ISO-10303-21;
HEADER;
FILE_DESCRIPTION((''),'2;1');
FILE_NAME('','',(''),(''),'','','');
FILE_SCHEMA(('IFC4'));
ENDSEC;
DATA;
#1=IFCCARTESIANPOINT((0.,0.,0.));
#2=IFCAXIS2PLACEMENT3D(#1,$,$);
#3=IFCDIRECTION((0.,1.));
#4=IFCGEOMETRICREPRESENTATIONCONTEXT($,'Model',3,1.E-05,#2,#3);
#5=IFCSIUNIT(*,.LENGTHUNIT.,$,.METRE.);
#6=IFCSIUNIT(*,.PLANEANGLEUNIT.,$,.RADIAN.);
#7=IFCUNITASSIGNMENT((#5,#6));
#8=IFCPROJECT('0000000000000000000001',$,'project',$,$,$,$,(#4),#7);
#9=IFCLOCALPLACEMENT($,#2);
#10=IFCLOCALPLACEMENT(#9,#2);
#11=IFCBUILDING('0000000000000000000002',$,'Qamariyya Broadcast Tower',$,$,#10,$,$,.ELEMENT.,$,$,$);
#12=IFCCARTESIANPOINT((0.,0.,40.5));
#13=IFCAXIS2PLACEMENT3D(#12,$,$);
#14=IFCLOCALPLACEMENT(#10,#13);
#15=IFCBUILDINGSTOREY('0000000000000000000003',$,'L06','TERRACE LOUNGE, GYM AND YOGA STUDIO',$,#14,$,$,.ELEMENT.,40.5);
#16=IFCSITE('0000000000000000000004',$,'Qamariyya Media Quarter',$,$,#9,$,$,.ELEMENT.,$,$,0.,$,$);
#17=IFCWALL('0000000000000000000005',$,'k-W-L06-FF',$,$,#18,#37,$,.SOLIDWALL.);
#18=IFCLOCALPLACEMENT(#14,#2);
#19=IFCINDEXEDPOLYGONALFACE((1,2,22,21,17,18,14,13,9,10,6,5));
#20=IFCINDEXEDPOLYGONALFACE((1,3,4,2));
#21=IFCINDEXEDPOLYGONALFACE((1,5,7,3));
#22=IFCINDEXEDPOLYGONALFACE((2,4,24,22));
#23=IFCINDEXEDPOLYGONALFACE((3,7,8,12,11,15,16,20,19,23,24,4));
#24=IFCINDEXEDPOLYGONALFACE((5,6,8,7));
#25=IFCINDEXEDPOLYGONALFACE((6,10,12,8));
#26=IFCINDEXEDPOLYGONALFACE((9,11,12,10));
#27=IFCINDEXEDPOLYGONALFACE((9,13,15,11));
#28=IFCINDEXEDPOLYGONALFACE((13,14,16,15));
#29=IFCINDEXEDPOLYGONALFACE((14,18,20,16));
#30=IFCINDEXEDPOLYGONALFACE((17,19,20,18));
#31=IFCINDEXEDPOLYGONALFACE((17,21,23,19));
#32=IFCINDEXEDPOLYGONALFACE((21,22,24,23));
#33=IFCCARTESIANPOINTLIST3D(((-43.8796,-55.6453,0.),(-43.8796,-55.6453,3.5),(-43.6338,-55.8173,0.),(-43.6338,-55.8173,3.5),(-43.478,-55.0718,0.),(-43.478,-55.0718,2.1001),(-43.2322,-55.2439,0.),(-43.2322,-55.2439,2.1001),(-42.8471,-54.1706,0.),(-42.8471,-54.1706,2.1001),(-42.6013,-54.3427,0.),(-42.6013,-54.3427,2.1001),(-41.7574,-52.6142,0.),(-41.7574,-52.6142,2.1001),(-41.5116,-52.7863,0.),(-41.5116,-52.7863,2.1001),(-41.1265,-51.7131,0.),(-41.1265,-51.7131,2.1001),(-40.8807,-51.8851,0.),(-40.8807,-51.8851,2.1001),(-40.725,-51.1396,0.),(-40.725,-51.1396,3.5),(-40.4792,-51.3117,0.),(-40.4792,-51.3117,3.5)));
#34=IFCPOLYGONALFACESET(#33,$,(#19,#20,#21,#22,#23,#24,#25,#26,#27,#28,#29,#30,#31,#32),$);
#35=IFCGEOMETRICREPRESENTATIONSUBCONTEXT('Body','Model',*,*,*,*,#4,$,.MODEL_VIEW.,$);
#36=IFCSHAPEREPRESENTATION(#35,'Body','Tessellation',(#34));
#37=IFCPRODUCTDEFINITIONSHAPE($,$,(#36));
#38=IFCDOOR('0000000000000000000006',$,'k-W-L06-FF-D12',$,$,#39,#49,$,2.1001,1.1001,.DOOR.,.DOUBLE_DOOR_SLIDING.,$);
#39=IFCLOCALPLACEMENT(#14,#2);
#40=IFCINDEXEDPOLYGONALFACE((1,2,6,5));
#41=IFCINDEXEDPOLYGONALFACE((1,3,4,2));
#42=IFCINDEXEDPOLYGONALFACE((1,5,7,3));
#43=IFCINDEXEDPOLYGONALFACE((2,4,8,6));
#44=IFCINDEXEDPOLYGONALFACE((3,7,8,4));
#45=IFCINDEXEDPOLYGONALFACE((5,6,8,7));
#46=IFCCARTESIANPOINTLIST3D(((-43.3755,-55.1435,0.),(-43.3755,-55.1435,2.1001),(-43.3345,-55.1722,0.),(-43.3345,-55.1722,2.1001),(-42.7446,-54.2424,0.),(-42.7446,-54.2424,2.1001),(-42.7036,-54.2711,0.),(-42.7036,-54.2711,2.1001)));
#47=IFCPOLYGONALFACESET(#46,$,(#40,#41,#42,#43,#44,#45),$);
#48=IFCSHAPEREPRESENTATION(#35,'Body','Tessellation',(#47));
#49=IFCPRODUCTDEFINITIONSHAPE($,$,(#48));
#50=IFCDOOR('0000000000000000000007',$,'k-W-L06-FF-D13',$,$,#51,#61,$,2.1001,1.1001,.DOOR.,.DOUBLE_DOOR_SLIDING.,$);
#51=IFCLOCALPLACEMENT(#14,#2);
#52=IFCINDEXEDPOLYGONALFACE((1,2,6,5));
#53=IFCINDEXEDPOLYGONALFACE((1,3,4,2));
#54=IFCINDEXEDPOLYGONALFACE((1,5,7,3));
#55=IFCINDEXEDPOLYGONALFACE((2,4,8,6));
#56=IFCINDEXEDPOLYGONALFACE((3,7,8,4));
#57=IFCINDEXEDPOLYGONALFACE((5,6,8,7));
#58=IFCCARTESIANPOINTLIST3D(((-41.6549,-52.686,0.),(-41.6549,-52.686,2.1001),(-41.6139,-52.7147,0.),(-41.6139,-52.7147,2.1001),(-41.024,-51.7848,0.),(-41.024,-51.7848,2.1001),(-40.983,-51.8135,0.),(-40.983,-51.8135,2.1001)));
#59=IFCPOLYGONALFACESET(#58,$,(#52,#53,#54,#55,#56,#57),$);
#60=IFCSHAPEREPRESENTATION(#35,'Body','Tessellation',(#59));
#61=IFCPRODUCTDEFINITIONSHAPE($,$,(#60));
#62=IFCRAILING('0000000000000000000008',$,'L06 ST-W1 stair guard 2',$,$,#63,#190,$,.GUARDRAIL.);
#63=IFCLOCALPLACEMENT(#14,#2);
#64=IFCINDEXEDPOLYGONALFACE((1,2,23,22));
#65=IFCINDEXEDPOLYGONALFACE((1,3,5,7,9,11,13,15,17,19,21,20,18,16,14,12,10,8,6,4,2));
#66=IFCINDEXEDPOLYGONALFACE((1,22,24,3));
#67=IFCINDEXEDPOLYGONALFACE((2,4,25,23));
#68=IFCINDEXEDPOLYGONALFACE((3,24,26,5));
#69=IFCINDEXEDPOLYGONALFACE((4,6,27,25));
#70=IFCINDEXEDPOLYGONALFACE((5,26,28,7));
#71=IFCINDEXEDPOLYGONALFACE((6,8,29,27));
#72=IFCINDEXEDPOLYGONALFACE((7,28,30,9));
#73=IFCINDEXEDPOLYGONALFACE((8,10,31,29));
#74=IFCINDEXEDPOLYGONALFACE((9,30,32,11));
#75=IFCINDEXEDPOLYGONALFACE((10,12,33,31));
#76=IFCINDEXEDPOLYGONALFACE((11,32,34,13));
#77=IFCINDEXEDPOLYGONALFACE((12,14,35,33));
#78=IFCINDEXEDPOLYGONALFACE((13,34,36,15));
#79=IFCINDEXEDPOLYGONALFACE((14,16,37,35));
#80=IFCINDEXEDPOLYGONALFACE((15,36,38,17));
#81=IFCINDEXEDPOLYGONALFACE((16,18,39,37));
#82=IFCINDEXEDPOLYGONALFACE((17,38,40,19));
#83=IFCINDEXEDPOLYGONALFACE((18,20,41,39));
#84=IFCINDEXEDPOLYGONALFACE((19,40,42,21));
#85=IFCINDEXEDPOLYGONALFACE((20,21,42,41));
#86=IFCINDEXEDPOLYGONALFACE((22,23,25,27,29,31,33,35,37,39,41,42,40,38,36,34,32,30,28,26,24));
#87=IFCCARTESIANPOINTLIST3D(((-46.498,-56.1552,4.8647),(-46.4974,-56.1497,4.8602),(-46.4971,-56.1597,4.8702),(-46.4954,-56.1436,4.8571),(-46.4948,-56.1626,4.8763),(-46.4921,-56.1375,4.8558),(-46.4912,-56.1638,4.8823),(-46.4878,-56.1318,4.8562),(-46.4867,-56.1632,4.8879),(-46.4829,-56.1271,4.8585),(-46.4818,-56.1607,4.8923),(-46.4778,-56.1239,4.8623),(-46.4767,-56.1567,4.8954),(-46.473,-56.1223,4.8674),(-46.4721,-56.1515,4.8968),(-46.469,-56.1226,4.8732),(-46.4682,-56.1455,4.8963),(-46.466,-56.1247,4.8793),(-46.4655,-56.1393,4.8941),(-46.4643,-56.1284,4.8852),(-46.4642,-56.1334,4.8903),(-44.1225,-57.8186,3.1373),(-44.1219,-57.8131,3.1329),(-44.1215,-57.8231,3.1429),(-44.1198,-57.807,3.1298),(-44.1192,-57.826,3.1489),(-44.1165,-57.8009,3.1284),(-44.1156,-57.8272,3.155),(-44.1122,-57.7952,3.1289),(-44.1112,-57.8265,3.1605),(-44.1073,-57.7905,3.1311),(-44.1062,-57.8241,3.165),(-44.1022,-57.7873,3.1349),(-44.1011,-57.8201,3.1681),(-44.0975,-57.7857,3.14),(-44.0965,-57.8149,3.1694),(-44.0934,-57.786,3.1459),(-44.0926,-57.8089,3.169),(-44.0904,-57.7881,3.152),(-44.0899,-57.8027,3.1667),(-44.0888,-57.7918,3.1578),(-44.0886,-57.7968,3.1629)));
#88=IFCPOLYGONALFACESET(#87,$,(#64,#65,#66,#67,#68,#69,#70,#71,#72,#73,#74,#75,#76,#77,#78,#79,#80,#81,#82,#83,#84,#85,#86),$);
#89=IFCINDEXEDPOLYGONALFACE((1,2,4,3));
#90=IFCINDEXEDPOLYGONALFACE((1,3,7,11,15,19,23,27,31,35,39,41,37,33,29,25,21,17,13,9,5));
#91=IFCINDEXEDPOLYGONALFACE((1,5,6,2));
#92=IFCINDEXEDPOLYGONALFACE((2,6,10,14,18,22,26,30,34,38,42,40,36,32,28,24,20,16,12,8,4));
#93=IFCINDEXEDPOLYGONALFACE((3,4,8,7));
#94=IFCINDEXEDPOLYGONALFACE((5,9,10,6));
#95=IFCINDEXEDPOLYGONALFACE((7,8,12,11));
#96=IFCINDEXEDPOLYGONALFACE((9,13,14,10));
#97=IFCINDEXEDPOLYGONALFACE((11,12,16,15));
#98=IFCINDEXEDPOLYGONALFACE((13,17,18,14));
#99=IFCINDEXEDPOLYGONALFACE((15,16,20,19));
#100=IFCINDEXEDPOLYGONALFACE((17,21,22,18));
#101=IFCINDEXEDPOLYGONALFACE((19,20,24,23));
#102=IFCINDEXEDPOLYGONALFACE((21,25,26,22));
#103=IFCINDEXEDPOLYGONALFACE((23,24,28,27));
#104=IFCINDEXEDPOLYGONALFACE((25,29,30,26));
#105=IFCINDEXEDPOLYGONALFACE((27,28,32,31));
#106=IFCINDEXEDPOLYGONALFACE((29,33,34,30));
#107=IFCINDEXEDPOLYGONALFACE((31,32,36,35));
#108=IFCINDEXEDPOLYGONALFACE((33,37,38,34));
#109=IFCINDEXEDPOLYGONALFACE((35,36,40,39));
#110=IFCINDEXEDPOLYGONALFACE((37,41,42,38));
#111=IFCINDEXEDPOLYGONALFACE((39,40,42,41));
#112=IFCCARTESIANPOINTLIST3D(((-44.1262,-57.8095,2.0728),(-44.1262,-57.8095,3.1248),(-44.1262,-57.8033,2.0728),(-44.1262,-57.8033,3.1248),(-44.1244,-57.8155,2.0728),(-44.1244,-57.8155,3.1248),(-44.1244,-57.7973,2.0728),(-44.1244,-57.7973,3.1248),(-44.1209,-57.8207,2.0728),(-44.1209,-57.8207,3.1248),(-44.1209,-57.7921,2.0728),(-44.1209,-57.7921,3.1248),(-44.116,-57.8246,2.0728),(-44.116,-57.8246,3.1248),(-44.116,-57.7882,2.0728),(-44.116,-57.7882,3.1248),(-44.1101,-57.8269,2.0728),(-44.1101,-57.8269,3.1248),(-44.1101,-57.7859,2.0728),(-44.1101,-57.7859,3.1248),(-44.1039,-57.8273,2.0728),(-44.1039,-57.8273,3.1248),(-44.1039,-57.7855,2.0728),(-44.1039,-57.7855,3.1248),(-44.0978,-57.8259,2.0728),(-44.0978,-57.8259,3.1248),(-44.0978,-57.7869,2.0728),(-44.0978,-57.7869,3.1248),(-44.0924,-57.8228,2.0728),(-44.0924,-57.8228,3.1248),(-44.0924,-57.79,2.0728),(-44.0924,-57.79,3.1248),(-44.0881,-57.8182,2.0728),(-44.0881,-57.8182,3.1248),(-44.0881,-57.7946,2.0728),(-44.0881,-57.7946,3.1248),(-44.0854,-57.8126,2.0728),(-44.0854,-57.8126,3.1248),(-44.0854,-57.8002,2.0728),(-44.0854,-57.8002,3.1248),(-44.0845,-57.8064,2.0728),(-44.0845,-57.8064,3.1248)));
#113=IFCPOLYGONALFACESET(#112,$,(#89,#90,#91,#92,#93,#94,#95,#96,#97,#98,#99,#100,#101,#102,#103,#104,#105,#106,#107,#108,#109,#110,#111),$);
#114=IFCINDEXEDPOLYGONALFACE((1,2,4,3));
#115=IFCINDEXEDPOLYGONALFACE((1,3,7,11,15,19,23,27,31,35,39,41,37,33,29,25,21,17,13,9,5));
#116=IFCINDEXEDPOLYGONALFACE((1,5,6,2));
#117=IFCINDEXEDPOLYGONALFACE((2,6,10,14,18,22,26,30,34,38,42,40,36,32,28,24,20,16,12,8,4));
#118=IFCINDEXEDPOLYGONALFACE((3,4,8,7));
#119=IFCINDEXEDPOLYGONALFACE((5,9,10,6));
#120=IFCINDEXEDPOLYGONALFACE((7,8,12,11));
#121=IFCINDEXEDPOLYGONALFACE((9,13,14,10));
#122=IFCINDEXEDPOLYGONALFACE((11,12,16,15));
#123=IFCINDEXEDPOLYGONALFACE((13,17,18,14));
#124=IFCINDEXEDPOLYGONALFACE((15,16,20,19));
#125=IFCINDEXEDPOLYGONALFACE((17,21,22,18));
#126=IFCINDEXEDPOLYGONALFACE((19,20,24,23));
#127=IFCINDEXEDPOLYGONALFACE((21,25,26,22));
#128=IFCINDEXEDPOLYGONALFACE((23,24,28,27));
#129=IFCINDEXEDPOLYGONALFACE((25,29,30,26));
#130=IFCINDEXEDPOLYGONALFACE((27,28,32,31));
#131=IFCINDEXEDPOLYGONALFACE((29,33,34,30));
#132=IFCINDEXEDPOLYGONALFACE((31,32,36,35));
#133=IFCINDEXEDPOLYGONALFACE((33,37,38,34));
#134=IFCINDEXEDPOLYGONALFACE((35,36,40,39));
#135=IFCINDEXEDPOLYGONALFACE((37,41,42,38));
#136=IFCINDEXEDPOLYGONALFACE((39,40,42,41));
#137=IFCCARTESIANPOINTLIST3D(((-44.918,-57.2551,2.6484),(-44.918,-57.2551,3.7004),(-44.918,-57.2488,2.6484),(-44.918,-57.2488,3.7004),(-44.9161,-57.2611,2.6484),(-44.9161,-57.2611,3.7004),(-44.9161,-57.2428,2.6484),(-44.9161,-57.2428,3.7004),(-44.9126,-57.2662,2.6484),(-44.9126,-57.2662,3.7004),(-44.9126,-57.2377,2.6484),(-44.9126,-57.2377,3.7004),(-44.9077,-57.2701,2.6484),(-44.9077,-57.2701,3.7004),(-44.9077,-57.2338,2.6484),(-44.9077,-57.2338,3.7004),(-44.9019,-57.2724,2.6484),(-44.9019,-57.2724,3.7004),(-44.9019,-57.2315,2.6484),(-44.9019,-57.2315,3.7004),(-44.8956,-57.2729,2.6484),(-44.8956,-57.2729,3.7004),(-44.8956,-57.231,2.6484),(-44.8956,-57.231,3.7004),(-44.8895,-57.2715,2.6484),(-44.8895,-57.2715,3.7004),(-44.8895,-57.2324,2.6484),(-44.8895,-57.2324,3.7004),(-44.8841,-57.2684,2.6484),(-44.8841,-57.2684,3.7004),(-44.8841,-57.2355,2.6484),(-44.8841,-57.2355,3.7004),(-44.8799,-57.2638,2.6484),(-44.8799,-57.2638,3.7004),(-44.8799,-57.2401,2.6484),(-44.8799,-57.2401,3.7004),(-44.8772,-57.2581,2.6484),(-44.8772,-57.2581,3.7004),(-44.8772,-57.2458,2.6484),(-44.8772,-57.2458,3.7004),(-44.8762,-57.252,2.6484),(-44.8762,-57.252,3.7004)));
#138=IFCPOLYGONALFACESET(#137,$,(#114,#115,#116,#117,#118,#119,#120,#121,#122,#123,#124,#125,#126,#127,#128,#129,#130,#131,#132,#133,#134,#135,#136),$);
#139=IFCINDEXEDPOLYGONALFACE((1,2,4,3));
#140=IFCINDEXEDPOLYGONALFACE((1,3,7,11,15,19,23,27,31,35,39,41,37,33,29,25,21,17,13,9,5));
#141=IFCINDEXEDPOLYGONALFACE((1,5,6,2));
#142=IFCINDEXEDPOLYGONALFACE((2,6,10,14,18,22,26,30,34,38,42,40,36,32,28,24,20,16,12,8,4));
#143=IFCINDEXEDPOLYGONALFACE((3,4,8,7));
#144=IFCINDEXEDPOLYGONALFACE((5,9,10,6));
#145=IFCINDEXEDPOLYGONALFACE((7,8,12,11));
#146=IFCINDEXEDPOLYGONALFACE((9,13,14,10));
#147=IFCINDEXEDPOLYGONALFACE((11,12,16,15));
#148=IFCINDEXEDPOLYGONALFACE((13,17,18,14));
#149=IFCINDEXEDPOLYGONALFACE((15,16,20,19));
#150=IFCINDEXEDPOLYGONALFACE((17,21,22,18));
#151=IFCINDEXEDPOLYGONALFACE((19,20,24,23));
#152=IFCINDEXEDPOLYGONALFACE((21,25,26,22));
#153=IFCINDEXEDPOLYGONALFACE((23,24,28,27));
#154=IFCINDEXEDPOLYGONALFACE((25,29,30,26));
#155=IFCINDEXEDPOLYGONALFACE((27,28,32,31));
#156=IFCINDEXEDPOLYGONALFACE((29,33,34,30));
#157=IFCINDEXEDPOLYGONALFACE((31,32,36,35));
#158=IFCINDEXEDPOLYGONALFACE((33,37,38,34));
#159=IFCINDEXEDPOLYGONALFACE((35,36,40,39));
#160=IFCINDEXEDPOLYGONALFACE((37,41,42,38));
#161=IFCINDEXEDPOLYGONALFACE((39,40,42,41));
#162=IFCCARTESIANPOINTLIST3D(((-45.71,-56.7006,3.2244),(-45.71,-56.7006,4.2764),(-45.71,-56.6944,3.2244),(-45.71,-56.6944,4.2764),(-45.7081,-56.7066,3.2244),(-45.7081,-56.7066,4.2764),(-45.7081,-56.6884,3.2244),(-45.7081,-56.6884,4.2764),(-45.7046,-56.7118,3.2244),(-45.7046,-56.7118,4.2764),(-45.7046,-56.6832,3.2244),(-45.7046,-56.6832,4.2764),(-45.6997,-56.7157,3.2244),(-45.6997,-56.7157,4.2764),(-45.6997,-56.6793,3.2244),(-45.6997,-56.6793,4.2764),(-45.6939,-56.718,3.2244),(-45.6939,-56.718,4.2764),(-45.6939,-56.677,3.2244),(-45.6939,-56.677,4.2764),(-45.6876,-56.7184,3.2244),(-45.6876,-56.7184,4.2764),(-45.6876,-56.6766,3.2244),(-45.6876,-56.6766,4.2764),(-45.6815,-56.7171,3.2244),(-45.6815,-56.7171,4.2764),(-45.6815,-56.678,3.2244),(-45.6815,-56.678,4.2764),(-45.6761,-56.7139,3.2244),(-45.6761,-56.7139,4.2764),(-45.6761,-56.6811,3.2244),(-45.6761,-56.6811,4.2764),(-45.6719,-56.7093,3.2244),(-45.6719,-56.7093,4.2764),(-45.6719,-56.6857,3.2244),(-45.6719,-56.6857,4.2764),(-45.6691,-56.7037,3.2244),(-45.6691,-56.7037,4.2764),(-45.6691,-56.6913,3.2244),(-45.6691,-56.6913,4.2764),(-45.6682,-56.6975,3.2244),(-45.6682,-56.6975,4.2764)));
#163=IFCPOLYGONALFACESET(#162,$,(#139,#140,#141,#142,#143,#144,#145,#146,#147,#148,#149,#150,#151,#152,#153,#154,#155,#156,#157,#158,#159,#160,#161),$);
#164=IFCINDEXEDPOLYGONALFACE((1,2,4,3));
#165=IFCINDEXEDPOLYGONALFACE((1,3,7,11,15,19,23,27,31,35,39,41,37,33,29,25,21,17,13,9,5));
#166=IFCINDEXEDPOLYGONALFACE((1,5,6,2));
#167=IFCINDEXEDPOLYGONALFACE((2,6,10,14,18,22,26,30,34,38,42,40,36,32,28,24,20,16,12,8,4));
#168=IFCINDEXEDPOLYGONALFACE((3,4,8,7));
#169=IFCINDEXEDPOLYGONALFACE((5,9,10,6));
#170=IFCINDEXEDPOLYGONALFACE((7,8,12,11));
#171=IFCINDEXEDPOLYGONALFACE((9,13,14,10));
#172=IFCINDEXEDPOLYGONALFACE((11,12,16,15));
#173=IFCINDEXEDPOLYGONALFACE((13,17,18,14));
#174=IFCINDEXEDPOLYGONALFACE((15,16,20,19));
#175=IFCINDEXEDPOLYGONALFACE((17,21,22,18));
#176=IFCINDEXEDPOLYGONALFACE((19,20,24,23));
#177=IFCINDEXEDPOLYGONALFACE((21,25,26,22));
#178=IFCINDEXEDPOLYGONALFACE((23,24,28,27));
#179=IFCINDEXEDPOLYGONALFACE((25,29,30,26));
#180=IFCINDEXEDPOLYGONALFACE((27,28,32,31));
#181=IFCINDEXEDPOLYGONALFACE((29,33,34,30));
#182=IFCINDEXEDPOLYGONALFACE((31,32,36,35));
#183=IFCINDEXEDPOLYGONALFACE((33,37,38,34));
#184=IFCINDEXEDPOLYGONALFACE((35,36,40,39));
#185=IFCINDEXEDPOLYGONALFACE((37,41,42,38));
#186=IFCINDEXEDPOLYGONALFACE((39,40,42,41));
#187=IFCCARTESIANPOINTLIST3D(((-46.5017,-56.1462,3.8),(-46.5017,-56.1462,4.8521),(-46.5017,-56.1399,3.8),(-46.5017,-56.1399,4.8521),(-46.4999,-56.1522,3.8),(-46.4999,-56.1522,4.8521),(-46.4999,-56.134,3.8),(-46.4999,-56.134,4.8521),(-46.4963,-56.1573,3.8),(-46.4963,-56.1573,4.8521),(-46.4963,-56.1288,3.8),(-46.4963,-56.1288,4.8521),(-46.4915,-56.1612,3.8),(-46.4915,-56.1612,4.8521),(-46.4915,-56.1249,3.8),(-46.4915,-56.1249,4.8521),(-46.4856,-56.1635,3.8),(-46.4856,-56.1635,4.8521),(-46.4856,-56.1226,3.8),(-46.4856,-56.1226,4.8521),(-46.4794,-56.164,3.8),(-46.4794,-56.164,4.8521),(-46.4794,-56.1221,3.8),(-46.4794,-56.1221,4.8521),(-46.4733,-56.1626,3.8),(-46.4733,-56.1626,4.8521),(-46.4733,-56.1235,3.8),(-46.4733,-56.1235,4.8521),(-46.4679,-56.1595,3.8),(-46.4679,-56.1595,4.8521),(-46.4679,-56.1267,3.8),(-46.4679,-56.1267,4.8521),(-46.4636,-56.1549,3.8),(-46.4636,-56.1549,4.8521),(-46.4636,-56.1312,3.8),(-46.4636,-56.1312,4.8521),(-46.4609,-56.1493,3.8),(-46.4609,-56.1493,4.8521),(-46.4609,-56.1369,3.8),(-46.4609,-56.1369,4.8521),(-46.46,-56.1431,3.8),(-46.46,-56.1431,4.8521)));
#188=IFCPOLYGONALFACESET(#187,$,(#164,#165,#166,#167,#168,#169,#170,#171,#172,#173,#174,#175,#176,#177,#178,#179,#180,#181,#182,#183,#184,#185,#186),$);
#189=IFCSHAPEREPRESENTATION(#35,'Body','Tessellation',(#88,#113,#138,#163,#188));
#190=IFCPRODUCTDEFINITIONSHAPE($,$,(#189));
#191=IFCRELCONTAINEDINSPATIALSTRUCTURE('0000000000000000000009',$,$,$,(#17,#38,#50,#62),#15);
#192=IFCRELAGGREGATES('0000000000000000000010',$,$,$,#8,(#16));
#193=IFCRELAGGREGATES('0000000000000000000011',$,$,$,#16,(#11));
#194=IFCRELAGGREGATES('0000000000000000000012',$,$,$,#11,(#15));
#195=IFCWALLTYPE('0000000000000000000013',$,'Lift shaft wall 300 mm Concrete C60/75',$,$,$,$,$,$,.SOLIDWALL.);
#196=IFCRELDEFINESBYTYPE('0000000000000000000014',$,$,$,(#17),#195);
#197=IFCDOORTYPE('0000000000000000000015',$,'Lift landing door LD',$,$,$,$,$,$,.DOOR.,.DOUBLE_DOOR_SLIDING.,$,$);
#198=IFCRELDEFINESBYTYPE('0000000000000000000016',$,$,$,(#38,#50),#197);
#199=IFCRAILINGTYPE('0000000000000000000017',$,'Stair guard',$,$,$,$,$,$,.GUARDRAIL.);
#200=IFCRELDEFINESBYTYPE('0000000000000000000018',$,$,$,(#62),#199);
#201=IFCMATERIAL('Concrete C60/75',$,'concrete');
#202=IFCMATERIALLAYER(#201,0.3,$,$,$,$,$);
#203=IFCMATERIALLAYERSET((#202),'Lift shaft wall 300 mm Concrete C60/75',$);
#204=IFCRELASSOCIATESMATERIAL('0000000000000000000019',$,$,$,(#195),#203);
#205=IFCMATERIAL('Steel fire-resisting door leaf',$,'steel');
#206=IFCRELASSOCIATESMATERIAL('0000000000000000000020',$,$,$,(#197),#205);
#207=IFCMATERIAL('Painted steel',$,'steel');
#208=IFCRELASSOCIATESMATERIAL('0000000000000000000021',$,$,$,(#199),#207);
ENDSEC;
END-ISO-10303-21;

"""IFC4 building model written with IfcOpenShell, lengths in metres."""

from ifc_helpers import new_model, si_unit, direction, frame, frame_2d, origin, origin_2d, place, context, subcontext, project, spatial, rectangle, circle, extrude, material, layer, layer_set, type_object, element, fill, save


model = new_model("IFC4")

# Units and contexts
model_context = context("Model", 3, precision=1e-05, world=origin(), true_north=direction((0.0, 1.0)))
body_context = subcontext(model_context, "Body", "Model", "MODEL_VIEW")
ifc_project = project(units=[si_unit("LENGTHUNIT", "METRE"), si_unit("PLANEANGLEUNIT", "RADIAN")], contexts=[model_context])

# Site, building, storey
site_placement = place(None, origin())
site = spatial("IfcSite", under=ifc_project, at=site_placement, Name="Qamariyya Media Quarter", CompositionType="ELEMENT", RefElevation=0.0)
building_placement = place(site_placement, origin())
building = spatial("IfcBuilding", under=site, at=building_placement, Name="Qamariyya Broadcast Tower", CompositionType="ELEMENT")
storey_placement = place(building_placement, frame((0.0, 0.0, 40.5)))
storey = spatial("IfcBuildingStorey", under=building, at=storey_placement, Name="L06", Description="TERRACE LOUNGE, GYM AND YOGA STUDIO", CompositionType="ELEMENT", Elevation=40.5)

# Shared definitions
ifc_material_1 = material(Name="Steel fire-resisting door leaf", Category="steel")

# Wall, openings, doors
ifc_material_2 = material(Name="Concrete C60/75", Category="concrete")
ifc_layer_1 = layer(ifc_material_2, 0.3)
ifc_layer_set_1 = layer_set([ifc_layer_1], Name="Lift shaft wall 300 mm Concrete C60/75")
wall_type_1 = type_object("IfcWallType", Name="Lift shaft wall 300 mm Concrete C60/75", PredefinedType="SOLIDWALL", material=ifc_layer_set_1)
wall_1_placement = place(storey_placement, frame((-43.7566, -55.7312, 0.0), z_axis=(0.0, 0.0, 1.0), x_axis=(0.573537, 0.81918, 0.0)))
wall_1 = element("IfcWall", 1, at=wall_1_placement, inside=storey, type_object=wall_type_1, Name="k-W-L06-FF", PredefinedType="SOLIDWALL", context=body_context, shape_type="SweptSolid", body=[
    extrude(rectangle(XDim=5.5002, YDim=0.3, at=frame_2d((2.75, 0.0))), origin(), (0.0, 0.0, 1.0), 3.5),
])
opening_1_placement = place(wall_1_placement, frame((0.7, 0.0, 0.0)))
opening_1 = element("IfcOpeningElement", 2, at=opening_1_placement, cuts=wall_1, PredefinedType="OPENING", context=body_context, shape_type="SweptSolid", body=[
    extrude(rectangle(XDim=1.1001, YDim=2.1001, at=frame_2d((0.55, 1.05))), frame((0.0, 0.1599, 0.0), z_axis=(0.0, -1.0, 0.0), x_axis=(1.0, 0.0, 0.0)), (0.0, 0.0, 1.0), 0.3201),
])
opening_2_placement = place(wall_1_placement, frame((3.7, 0.0, 0.0)))
opening_2 = element("IfcOpeningElement", 3, at=opening_2_placement, cuts=wall_1, PredefinedType="OPENING", context=body_context, shape_type="SweptSolid", body=[
    extrude(rectangle(XDim=1.1001, YDim=2.1001, at=frame_2d((0.55, 1.05))), frame((0.0, 0.1599, 0.0), z_axis=(0.0, -1.0, 0.0), x_axis=(1.0, 0.0, 0.0)), (0.0, 0.0, 1.0), 0.3201),
])
door_type_1 = type_object("IfcDoorType", Name="Lift landing door LD", OperationType="DOUBLE_DOOR_SLIDING", PredefinedType="DOOR", material=ifc_material_1)
door_1_placement = place(opening_1_placement, origin())
door_1 = element("IfcDoor", 4, at=door_1_placement, inside=storey, type_object=door_type_1, Name="k-W-L06-FF-D12", OperationType="DOUBLE_DOOR_SLIDING", OverallHeight=2.1001, OverallWidth=1.1001, PredefinedType="DOOR", context=body_context, shape_type="SweptSolid", body=[
    extrude(rectangle(XDim=1.1001, YDim=2.1001, at=frame_2d((0.55, 1.05))), frame((0.0, 0.0249, 0.0), z_axis=(0.0, -1.0, 0.0), x_axis=(1.0, 0.0, 0.0)), (0.0, 0.0, 1.0), 0.05),
])
fill(opening_1, door_1)
door_2_placement = place(opening_2_placement, origin())
door_2 = element("IfcDoor", 5, at=door_2_placement, inside=storey, type_object=door_type_1, Name="k-W-L06-FF-D13", OperationType="DOUBLE_DOOR_SLIDING", OverallHeight=2.1001, OverallWidth=1.1001, PredefinedType="DOOR", context=body_context, shape_type="SweptSolid", body=[
    extrude(rectangle(XDim=1.1001, YDim=2.1001, at=frame_2d((0.55, 1.05))), frame((0.0, 0.0249, 0.0), z_axis=(0.0, -1.0, 0.0), x_axis=(1.0, 0.0, 0.0)), (0.0, 0.0, 1.0), 0.05),
])
fill(opening_2, door_2)

# Railing
ifc_material_3 = material(Name="Painted steel", Category="steel")
railing_type_1 = type_object("IfcRailingType", Name="Stair guard", PredefinedType="GUARDRAIL", material=ifc_material_3)
railing_1_placement = place(storey_placement, frame((-44.1055, -57.8064, 2.0728)))
element("IfcRailing", 6, at=railing_1_placement, inside=storey, type_object=railing_type_1, Name="L06 ST-W1 stair guard 2", PredefinedType="GUARDRAIL", context=body_context, shape_type="SweptSolid", body=[
    extrude(circle(Radius=0.0239, at=origin_2d()), frame((0.0, 0.0, 1.0762), z_axis=(-0.70377, 0.492784, 0.511734), x_axis=(-0.573575, -0.819153, 0.0)), (0.0, 0.0, 1.0), 3.3755),
    extrude(circle(Radius=0.021, at=origin_2d()), origin(), (0.0, 0.0, 1.0), 1.052),
    extrude(circle(Radius=0.021, at=origin_2d()), frame((-0.7917, 0.5544, 0.5757)), (0.0, 0.0, 1.0), 1.052),
    extrude(circle(Radius=0.021, at=origin_2d()), frame((-1.5837, 1.1089, 1.1516)), (0.0, 0.0, 1.0), 1.052),
    extrude(circle(Radius=0.021, at=origin_2d()), frame((-2.3755, 1.6633, 1.7273)), (0.0, 0.0, 1.0), 1.052),
])

save(model, "model.ifc")
